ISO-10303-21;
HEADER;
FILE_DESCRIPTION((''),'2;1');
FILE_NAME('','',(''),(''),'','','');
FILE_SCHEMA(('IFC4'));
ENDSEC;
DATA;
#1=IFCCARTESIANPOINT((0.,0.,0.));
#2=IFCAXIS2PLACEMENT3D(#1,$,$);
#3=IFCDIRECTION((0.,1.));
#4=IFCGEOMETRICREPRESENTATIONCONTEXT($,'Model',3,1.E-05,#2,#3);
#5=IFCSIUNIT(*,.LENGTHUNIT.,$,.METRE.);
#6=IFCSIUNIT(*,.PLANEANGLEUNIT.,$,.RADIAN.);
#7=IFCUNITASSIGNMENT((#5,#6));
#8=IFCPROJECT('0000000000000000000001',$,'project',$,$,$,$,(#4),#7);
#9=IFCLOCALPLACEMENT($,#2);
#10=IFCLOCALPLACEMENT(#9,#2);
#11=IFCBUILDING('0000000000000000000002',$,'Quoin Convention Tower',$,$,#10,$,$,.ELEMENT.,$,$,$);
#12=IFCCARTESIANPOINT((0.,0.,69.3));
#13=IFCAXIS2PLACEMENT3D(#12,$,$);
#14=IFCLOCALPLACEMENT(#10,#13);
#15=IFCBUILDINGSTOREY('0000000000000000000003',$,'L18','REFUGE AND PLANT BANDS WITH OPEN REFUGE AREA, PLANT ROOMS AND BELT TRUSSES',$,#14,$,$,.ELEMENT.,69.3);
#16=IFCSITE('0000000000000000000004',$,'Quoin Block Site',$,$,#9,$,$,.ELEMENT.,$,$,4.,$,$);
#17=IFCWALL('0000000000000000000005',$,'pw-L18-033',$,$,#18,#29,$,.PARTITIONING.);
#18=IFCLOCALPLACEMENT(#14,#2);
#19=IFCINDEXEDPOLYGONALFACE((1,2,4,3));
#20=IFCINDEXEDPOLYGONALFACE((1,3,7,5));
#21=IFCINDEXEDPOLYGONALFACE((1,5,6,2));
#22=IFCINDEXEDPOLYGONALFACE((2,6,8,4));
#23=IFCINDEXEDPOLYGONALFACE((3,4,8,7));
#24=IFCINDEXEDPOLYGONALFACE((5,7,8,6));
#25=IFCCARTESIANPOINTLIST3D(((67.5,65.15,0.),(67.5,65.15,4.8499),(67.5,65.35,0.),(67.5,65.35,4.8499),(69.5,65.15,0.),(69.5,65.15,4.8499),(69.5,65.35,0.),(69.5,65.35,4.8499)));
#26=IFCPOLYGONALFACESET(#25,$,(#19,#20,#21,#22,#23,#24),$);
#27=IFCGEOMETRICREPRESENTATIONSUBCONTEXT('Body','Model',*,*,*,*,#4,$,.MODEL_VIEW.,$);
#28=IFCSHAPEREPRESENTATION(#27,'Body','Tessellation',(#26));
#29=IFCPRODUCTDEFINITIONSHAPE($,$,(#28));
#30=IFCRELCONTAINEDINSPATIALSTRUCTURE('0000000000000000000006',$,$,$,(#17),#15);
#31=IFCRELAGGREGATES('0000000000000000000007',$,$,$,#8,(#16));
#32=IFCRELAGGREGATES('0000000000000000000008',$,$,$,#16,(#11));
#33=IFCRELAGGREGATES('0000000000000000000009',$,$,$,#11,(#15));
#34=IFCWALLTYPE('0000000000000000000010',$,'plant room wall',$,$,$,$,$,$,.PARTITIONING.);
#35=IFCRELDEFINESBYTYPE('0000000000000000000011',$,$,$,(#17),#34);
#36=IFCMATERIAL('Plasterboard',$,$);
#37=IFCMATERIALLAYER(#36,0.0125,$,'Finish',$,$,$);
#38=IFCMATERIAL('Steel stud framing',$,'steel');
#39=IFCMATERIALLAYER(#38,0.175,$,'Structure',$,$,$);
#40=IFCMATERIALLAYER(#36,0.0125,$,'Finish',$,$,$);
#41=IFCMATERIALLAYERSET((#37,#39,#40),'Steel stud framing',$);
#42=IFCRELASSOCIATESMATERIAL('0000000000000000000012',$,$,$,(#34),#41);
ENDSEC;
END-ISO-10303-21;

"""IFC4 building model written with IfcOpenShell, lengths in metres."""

from ifc_helpers import new_model, si_unit, direction, frame, frame_2d, origin, place, context, subcontext, project, spatial, rectangle, extrude, material, layer, layer_set, type_object, element, save


model = new_model("IFC4")

# Units and contexts
model_context = context("Model", 3, precision=1e-05, world=origin(), true_north=direction((0.0, 1.0)))
body_context = subcontext(model_context, "Body", "Model", "MODEL_VIEW")
ifc_project = project(units=[si_unit("LENGTHUNIT", "METRE"), si_unit("PLANEANGLEUNIT", "RADIAN")], contexts=[model_context])

# Site, building, storey
site_placement = place(None, origin())
site = spatial("IfcSite", under=ifc_project, at=site_placement, Name="Quoin Block Site", CompositionType="ELEMENT", RefElevation=4.0)
building_placement = place(site_placement, origin())
building = spatial("IfcBuilding", under=site, at=building_placement, Name="Quoin Convention Tower", CompositionType="ELEMENT")
storey_placement = place(building_placement, frame((0.0, 0.0, 69.3)))
storey = spatial("IfcBuildingStorey", under=building, at=storey_placement, Name="L18", Description="REFUGE AND PLANT BANDS WITH OPEN REFUGE AREA, PLANT ROOMS AND BELT TRUSSES", CompositionType="ELEMENT", Elevation=69.3)

# Wall
ifc_material_1 = material(Name="Plasterboard")
ifc_material_2 = material(Name="Steel stud framing", Category="steel")
ifc_layer_1 = layer(ifc_material_1, 0.0125, Name="Finish")
ifc_layer_2 = layer(ifc_material_2, 0.175, Name="Structure")
ifc_layer_3 = layer(ifc_material_1, 0.0125, Name="Finish")
ifc_layer_set_1 = layer_set([ifc_layer_1, ifc_layer_2, ifc_layer_3], Name="Steel stud framing")
wall_type_1 = type_object("IfcWallType", Name="plant room wall", PredefinedType="PARTITIONING", material=ifc_layer_set_1)
wall_1_placement = place(storey_placement, frame((67.5, 65.25, 0.0), z_axis=(0.0, 0.0, 1.0), x_axis=(1.0, 0.0, 0.0)))
element("IfcWall", 1, at=wall_1_placement, inside=storey, type_object=wall_type_1, Name="pw-L18-033", PredefinedType="PARTITIONING", context=body_context, shape_type="SweptSolid", body=[
    extrude(rectangle(XDim=2.0, YDim=0.2, at=frame_2d((1.0, 0.0))), origin(), (0.0, 0.0, 1.0), 4.8499),
])

save(model, "model.ifc")
